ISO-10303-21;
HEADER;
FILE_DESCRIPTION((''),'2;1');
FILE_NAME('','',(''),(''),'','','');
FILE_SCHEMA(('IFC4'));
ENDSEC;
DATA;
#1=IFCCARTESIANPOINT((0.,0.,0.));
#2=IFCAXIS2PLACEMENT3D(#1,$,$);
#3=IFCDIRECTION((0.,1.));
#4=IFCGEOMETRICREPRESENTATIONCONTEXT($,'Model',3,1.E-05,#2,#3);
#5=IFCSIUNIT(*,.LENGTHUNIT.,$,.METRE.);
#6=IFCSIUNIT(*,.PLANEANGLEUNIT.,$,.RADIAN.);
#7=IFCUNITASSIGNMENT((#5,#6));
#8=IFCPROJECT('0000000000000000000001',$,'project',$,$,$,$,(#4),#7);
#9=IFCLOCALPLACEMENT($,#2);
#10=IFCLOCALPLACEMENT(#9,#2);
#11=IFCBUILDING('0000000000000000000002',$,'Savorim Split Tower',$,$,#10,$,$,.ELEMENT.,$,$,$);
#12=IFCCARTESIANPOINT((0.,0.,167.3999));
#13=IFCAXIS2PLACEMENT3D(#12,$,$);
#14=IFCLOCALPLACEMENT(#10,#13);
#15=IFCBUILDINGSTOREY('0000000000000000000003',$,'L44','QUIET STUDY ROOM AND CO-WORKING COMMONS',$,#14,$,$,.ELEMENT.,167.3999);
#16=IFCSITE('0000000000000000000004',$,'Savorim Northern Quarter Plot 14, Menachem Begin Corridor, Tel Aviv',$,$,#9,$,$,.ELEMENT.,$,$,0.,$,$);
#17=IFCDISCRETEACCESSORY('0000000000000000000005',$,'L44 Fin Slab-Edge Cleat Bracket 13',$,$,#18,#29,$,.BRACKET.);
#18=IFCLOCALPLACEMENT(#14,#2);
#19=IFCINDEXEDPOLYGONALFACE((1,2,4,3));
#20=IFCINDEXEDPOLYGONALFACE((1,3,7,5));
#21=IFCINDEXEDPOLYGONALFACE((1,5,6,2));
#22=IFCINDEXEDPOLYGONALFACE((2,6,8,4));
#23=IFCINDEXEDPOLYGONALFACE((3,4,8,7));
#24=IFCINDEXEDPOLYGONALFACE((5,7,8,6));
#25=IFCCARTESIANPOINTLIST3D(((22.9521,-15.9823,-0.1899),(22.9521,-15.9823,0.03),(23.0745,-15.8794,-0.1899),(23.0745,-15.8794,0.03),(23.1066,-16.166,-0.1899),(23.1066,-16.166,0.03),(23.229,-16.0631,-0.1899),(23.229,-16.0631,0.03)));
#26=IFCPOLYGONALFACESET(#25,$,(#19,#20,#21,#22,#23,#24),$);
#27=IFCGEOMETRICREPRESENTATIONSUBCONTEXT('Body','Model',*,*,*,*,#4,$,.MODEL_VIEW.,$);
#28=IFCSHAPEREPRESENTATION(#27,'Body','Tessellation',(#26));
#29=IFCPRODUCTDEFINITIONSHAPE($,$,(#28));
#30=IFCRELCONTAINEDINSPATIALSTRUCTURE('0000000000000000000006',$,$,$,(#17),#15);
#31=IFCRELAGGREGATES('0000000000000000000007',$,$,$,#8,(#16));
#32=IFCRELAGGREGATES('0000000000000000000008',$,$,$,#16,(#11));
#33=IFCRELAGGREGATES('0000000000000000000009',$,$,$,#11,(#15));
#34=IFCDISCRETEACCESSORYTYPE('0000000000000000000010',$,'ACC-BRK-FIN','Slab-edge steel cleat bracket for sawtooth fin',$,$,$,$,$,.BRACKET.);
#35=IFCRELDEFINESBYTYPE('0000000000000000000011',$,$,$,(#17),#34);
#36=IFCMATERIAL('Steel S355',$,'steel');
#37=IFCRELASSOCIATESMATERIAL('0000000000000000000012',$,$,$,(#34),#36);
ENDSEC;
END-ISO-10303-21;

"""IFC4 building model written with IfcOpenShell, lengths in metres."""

from ifc_helpers import new_model, si_unit, direction, frame, origin, origin_2d, place, context, subcontext, project, spatial, rectangle, extrude, material, type_object, element, save


model = new_model("IFC4")

# Units and contexts
model_context = context("Model", 3, precision=1e-05, world=origin(), true_north=direction((0.0, 1.0)))
body_context = subcontext(model_context, "Body", "Model", "MODEL_VIEW")
ifc_project = project(units=[si_unit("LENGTHUNIT", "METRE"), si_unit("PLANEANGLEUNIT", "RADIAN")], contexts=[model_context])

# Site, building, storey
site_placement = place(None, origin())
site = spatial("IfcSite", under=ifc_project, at=site_placement, Name="Savorim Northern Quarter Plot 14, Menachem Begin Corridor, Tel Aviv", CompositionType="ELEMENT", RefElevation=0.0)
building_placement = place(site_placement, origin())
building = spatial("IfcBuilding", under=site, at=building_placement, Name="Savorim Split Tower", CompositionType="ELEMENT")
storey_placement = place(building_placement, frame((0.0, 0.0, 167.3999)))
storey = spatial("IfcBuildingStorey", under=building, at=storey_placement, Name="L44", Description="QUIET STUDY ROOM AND CO-WORKING COMMONS", CompositionType="ELEMENT", Elevation=167.3999)

# Shared definitions
ifc_material_1 = material(Name="Steel S355", Category="steel")

# Discrete accessory
discrete_accessory_type = type_object("IfcDiscreteAccessoryType", Name="ACC-BRK-FIN", Description="Slab-edge steel cleat bracket for sawtooth fin", PredefinedType="BRACKET", material=ifc_material_1)
for number, where, z_axis, x_axis, name in (
    (1, (23.0906, -16.0227, -0.1899), (0.0, 0.0, 1.0), (0.643719, -0.765262, 0.0), "L44 Fin Slab-Edge Cleat Bracket 13"),
):
    element("IfcDiscreteAccessory", number, at=place(storey_placement, frame(where, z_axis=z_axis, x_axis=x_axis)), inside=storey, type_object=discrete_accessory_type, Name=name, PredefinedType="BRACKET", context=body_context, shape_type="SweptSolid", body=[
        extrude(rectangle(XDim=0.24, YDim=0.1599, at=origin_2d()), origin(), (0.0, 0.0, 1.0), 0.22),
    ])

save(model, "model.ifc")
